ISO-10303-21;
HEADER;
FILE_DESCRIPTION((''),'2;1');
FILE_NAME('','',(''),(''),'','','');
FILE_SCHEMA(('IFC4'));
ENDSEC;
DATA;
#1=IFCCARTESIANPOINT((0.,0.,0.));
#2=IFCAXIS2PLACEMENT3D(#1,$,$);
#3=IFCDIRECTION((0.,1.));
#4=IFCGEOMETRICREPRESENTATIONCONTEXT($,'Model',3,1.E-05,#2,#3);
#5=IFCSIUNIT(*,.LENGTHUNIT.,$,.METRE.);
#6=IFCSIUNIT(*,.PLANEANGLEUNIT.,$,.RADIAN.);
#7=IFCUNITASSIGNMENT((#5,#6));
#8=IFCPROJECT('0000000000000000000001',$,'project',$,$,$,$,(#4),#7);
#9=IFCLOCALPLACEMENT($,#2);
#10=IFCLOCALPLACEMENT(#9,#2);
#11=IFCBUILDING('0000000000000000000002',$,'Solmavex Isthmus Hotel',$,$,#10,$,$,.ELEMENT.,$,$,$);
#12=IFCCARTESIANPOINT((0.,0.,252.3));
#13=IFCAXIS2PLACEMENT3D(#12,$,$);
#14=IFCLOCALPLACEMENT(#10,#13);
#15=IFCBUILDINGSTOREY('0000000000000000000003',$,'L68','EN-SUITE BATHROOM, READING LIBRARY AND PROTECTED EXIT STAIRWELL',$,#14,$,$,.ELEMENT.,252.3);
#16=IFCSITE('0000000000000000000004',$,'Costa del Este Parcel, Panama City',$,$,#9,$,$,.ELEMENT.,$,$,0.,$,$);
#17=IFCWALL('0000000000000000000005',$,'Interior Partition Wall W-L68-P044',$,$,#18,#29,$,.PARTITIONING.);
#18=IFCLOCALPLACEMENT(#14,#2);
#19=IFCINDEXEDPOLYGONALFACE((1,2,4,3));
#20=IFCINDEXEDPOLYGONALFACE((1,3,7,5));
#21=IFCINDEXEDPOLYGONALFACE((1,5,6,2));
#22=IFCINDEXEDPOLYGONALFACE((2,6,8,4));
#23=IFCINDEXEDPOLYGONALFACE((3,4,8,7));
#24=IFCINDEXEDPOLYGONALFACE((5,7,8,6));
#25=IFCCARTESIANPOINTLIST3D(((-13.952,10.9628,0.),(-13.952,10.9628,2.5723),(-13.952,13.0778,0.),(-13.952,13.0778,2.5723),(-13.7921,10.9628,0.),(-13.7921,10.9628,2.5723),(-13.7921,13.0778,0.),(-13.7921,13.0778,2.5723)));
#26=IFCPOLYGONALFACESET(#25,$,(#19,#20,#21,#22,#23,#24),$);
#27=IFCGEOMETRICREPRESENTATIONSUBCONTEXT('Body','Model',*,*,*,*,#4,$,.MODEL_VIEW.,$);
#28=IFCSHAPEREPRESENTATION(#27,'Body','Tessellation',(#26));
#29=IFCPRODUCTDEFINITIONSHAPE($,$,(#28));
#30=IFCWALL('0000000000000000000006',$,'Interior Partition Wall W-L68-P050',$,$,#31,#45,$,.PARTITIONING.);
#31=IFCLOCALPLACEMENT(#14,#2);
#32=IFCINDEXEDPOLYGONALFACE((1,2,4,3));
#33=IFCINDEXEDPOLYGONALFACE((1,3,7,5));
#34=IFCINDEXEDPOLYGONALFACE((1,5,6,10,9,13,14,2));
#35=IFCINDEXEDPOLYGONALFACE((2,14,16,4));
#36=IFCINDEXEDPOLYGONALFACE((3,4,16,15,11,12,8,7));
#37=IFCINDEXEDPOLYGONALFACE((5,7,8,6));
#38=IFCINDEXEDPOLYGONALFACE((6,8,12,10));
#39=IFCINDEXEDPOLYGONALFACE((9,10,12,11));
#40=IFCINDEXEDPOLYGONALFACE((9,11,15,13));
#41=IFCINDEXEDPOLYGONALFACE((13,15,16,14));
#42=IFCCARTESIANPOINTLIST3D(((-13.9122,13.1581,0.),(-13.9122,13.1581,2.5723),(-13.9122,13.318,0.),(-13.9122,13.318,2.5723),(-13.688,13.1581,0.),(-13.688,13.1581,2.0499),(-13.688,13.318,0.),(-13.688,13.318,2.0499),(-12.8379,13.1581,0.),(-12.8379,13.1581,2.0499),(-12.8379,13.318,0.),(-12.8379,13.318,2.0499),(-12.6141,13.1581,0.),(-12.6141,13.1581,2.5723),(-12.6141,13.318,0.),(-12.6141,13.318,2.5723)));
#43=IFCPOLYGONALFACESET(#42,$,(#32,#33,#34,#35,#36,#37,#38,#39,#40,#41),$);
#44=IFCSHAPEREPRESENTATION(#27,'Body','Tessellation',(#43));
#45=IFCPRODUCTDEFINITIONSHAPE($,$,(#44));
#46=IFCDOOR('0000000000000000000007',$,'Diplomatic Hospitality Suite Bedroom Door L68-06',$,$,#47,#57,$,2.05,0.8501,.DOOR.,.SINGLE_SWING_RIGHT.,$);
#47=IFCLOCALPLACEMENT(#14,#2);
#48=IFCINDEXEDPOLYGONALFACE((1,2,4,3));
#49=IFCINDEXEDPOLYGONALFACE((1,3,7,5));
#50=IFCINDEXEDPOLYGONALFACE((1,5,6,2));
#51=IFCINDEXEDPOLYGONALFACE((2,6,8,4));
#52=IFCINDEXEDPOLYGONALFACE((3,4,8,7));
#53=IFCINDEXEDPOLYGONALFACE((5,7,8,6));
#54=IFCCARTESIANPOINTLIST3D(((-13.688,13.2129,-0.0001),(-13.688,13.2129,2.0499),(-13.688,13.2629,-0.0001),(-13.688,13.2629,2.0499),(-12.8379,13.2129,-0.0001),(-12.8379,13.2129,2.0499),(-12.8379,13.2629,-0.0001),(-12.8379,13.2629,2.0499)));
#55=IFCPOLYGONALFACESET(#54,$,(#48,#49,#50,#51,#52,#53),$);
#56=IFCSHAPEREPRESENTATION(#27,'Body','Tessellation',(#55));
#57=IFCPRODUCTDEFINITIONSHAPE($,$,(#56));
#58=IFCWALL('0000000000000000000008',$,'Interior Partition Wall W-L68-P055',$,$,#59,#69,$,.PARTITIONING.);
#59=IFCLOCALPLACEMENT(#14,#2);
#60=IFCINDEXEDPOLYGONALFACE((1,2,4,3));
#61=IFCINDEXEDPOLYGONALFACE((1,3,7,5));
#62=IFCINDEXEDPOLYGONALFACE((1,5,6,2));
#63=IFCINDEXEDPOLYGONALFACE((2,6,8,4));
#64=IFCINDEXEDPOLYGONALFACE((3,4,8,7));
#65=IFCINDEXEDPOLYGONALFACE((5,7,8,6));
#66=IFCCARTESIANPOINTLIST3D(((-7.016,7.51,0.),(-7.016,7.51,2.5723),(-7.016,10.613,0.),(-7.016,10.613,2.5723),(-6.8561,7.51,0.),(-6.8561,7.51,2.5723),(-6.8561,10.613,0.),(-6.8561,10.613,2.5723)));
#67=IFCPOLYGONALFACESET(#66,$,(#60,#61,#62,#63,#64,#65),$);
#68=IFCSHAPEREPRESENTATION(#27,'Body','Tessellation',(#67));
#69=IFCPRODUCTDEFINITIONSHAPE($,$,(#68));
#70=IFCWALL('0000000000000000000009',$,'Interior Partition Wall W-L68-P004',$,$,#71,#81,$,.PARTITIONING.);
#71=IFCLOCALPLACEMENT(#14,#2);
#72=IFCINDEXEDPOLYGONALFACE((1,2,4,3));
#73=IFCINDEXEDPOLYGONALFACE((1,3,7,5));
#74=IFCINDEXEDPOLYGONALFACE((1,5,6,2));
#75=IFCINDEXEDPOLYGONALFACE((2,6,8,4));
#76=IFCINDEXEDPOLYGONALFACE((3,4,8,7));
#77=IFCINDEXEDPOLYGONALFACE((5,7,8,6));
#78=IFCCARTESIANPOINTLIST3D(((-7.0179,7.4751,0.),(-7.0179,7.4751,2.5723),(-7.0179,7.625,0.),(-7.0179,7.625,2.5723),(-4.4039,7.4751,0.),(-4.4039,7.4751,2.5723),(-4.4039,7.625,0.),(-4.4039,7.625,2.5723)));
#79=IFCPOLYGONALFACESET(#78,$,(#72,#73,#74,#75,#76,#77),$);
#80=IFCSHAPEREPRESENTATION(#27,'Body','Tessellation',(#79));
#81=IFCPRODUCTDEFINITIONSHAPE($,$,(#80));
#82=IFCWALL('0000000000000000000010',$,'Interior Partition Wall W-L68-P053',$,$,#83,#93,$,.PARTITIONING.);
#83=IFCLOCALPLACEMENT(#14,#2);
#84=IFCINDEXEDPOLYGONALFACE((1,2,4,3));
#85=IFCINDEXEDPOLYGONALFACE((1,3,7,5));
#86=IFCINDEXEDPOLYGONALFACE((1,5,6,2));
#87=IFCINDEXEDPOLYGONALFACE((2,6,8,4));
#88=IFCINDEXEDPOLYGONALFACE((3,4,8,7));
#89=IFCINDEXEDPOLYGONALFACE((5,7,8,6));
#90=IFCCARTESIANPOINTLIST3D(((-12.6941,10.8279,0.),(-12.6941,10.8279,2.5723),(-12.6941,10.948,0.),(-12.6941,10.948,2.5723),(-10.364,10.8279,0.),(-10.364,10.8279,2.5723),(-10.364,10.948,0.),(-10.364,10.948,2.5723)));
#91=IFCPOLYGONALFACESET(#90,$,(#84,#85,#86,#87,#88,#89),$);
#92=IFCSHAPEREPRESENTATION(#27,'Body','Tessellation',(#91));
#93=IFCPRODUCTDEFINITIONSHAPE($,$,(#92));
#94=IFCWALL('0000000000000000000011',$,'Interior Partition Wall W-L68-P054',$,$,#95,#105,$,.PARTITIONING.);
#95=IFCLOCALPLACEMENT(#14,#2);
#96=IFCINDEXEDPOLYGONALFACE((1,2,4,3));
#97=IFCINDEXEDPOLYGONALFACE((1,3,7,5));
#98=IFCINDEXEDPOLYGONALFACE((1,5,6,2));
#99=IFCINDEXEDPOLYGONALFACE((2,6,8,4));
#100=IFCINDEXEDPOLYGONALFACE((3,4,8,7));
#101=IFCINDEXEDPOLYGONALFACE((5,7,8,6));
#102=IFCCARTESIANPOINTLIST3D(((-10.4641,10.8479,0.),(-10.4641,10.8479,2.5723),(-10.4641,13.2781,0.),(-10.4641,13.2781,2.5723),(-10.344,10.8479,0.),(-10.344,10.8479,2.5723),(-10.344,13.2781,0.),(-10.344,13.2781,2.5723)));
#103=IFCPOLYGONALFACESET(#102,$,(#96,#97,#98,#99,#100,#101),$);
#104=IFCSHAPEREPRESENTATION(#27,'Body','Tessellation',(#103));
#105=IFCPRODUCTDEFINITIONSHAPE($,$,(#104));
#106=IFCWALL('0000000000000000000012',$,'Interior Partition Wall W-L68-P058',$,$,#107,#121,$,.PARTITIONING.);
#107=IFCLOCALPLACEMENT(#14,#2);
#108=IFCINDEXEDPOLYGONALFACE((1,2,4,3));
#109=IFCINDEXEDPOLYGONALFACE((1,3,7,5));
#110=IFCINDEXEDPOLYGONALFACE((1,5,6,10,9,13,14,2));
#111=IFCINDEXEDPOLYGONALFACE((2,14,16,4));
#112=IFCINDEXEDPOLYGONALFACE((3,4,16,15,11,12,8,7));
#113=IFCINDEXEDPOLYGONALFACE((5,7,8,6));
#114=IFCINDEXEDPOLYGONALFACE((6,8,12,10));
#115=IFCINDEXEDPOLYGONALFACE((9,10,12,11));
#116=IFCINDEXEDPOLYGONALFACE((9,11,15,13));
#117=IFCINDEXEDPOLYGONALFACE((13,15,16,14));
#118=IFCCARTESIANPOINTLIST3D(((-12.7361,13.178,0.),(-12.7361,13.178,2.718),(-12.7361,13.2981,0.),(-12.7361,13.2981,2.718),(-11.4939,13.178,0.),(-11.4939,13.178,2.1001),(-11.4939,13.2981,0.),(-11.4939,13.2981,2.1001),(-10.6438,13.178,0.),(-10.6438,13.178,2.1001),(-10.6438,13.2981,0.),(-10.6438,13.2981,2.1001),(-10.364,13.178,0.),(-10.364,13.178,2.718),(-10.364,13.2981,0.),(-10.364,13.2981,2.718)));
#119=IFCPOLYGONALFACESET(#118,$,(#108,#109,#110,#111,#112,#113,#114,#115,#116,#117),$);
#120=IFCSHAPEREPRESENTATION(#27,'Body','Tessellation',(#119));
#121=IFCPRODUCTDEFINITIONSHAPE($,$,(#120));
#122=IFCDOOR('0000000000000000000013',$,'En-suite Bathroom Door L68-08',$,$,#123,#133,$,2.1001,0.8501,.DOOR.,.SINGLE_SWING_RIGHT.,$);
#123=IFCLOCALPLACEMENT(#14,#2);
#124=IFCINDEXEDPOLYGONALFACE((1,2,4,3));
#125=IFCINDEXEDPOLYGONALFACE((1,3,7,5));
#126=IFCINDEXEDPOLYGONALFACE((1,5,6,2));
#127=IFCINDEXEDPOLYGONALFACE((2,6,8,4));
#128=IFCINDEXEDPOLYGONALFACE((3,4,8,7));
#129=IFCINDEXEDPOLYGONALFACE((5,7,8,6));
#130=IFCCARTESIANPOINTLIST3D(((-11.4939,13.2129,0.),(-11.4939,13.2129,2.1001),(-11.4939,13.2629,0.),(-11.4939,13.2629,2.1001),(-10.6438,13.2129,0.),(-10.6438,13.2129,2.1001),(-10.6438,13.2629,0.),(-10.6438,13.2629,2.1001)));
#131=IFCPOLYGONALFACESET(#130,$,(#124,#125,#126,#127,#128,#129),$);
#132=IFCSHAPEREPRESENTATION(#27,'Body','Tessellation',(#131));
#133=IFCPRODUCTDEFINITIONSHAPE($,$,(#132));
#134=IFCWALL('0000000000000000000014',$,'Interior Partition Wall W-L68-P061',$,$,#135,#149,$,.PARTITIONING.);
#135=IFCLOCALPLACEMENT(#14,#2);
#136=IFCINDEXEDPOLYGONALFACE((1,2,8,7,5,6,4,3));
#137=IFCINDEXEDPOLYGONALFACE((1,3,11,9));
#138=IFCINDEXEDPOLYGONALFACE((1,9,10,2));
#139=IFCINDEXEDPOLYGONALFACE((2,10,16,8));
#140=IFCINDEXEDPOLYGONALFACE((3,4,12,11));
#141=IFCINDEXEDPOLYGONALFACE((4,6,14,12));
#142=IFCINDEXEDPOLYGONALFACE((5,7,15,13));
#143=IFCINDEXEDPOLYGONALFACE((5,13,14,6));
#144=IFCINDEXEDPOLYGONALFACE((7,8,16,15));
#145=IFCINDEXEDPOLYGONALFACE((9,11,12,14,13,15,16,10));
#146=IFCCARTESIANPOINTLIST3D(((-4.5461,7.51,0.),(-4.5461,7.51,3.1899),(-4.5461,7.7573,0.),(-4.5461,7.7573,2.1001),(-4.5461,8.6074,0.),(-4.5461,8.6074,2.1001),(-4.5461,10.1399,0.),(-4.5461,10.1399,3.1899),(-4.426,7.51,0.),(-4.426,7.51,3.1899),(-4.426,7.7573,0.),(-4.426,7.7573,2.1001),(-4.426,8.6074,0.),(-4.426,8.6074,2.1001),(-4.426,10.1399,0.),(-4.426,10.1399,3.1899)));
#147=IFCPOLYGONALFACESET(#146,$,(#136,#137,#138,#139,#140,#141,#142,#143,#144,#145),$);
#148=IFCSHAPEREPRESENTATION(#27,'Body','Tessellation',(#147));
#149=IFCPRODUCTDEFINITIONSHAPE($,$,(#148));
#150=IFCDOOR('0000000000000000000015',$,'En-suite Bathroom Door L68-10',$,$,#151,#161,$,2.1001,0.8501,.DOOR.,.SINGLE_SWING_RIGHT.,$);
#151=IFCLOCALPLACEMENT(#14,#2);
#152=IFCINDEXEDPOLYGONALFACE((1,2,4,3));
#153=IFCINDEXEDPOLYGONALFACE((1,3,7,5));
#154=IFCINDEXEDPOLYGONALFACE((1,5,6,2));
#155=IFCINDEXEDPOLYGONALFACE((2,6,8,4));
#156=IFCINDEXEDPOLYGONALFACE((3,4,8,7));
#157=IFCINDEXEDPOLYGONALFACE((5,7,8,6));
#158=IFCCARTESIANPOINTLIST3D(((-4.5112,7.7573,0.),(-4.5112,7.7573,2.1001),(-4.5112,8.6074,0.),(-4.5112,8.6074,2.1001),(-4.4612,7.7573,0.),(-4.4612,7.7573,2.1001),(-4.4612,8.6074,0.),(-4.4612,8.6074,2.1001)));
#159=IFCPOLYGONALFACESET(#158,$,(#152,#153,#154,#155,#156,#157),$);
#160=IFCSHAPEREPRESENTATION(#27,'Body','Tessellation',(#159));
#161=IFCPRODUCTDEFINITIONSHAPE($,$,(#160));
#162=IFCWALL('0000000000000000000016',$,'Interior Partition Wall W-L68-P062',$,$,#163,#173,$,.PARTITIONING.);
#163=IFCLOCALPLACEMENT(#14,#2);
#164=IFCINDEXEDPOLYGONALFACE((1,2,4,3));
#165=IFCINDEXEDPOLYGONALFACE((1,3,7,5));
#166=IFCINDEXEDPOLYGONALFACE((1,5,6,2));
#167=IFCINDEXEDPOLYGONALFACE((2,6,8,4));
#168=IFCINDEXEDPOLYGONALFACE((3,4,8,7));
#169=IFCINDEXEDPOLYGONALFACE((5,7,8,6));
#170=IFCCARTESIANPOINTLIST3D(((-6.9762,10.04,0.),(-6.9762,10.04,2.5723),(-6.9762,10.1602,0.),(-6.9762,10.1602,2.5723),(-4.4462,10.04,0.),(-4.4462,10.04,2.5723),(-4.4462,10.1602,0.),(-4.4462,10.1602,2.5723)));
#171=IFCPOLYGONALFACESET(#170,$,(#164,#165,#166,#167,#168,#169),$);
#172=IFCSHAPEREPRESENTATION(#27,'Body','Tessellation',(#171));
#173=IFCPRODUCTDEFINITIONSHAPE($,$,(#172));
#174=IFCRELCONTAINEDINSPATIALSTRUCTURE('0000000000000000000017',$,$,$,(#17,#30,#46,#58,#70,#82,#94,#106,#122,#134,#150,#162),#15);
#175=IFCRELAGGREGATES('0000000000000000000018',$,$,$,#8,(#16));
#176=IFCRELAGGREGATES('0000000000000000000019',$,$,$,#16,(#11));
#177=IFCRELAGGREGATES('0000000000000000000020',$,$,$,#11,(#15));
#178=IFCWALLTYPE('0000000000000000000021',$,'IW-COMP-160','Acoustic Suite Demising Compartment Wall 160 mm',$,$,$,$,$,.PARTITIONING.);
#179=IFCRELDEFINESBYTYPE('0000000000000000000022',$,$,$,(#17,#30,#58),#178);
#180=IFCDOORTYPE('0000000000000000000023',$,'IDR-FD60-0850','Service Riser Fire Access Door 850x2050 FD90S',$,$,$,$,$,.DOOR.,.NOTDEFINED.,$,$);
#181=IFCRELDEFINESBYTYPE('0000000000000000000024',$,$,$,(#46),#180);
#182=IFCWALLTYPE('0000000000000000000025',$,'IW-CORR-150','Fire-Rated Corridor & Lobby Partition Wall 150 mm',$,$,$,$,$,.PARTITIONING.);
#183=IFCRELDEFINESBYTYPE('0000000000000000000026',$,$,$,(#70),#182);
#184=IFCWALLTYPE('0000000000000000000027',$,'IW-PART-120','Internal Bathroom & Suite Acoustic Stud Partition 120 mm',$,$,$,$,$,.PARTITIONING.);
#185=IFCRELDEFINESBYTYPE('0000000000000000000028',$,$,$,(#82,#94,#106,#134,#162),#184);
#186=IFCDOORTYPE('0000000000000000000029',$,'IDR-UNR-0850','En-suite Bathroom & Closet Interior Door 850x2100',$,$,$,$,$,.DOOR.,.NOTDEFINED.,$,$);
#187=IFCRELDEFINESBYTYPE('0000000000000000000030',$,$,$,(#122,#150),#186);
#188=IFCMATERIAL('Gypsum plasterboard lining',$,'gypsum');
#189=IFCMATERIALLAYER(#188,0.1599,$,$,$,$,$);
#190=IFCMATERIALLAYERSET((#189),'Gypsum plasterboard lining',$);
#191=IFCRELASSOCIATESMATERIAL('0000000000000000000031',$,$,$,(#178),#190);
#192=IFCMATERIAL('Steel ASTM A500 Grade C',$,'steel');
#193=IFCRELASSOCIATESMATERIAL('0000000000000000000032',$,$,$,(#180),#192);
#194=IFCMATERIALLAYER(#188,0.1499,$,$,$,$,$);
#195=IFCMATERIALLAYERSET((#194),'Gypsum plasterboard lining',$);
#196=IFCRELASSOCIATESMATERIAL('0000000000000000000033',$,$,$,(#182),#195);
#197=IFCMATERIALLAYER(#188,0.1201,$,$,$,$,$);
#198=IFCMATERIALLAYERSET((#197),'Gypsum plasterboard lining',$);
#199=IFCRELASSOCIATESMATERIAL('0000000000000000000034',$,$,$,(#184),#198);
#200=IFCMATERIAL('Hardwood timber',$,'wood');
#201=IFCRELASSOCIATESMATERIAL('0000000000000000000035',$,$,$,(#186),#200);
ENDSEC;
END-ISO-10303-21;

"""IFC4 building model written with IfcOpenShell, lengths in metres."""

from ifc_helpers import new_model, si_unit, direction, frame, frame_2d, origin, place, context, subcontext, project, spatial, rectangle, extrude, material, layer, layer_set, type_object, element, fill, save


model = new_model("IFC4")

# Units and contexts
model_context = context("Model", 3, precision=1e-05, world=origin(), true_north=direction((0.0, 1.0)))
body_context = subcontext(model_context, "Body", "Model", "MODEL_VIEW")
ifc_project = project(units=[si_unit("LENGTHUNIT", "METRE"), si_unit("PLANEANGLEUNIT", "RADIAN")], contexts=[model_context])

# Site, building, storey
site_placement = place(None, origin())
site = spatial("IfcSite", under=ifc_project, at=site_placement, Name="Costa del Este Parcel, Panama City", CompositionType="ELEMENT", RefElevation=0.0)
building_placement = place(site_placement, origin())
building = spatial("IfcBuilding", under=site, at=building_placement, Name="Solmavex Isthmus Hotel", CompositionType="ELEMENT")
storey_placement = place(building_placement, frame((0.0, 0.0, 252.3)))
storey = spatial("IfcBuildingStorey", under=building, at=storey_placement, Name="L68", Description="EN-SUITE BATHROOM, READING LIBRARY AND PROTECTED EXIT STAIRWELL", CompositionType="ELEMENT", Elevation=252.3)

# Wall
ifc_material_1 = material(Name="Gypsum plasterboard lining", Category="gypsum")
ifc_layer_1 = layer(ifc_material_1, 0.1599)
ifc_layer_set_1 = layer_set([ifc_layer_1], Name="Gypsum plasterboard lining")
wall_type_1 = type_object("IfcWallType", Name="IW-COMP-160", Description="Acoustic Suite Demising Compartment Wall 160 mm", PredefinedType="PARTITIONING", material=ifc_layer_set_1)
wall_1_placement = place(storey_placement, frame((-13.8721, 13.0779, 0.0), z_axis=(0.0, 0.0, 1.0), x_axis=(0.0, -1.0, 0.0)))
element("IfcWall", 1, at=wall_1_placement, inside=storey, type_object=wall_type_1, Name="Interior Partition Wall W-L68-P044", PredefinedType="PARTITIONING", context=body_context, shape_type="SweptSolid", body=[
    extrude(rectangle(XDim=2.115, YDim=0.1599, at=frame_2d((1.0576, 0.0))), origin(), (0.0, 0.0, 1.0), 2.5723),
])

# Wall, opening, door
wall_2_placement = place(storey_placement, frame((-13.9121, 13.238, 0.0), z_axis=(0.0, 0.0, 1.0), x_axis=(1.0, 0.0, 0.0)))
wall_2 = element("IfcWall", 2, at=wall_2_placement, inside=storey, type_object=wall_type_1, Name="Interior Partition Wall W-L68-P050", PredefinedType="PARTITIONING", context=body_context, shape_type="SweptSolid", body=[
    extrude(rectangle(XDim=1.2981, YDim=0.1599, at=frame_2d((0.6489, 0.0))), origin(), (0.0, 0.0, 1.0), 2.5723),
])
opening_1_placement = place(wall_2_placement, frame((0.2241, 0.0, 0.0)))
opening_1 = element("IfcOpeningElement", 3, at=opening_1_placement, cuts=wall_2, PredefinedType="OPENING", context=body_context, shape_type="SweptSolid", body=[
    extrude(rectangle(XDim=0.8501, YDim=2.05, at=frame_2d((0.425, 1.0249))), frame((0.0, 0.0898, 0.0), z_axis=(0.0, -1.0, 0.0), x_axis=(1.0, 0.0, 0.0)), (0.0, 0.0, 1.0), 0.1799),
])
ifc_material_2 = material(Name="Steel ASTM A500 Grade C", Category="steel")
door_type_1 = type_object("IfcDoorType", Name="IDR-FD60-0850", Description="Service Riser Fire Access Door 850x2050 FD90S", OperationType="NOTDEFINED", PredefinedType="DOOR", material=ifc_material_2)
door_1_placement = place(opening_1_placement, origin())
door_1 = element("IfcDoor", 4, at=door_1_placement, inside=storey, type_object=door_type_1, Name="Diplomatic Hospitality Suite Bedroom Door L68-06", OperationType="SINGLE_SWING_RIGHT", OverallHeight=2.05, OverallWidth=0.8501, PredefinedType="DOOR", context=body_context, shape_type="SweptSolid", body=[
    extrude(rectangle(XDim=0.8501, YDim=2.05, at=frame_2d((0.425, 1.0249))), frame((0.0, 0.0249, 0.0), z_axis=(0.0, -1.0, 0.0), x_axis=(1.0, 0.0, 0.0)), (0.0, 0.0, 1.0), 0.05),
])
fill(opening_1, door_1)
ifc_material_3 = material(Name="Hardwood timber", Category="wood")

# Wall
wall_3_placement = place(storey_placement, frame((-6.936, 10.613, 0.0), z_axis=(0.0, 0.0, 1.0), x_axis=(0.0, -1.0, 0.0)))
element("IfcWall", 5, at=wall_3_placement, inside=storey, type_object=wall_type_1, Name="Interior Partition Wall W-L68-P055", PredefinedType="PARTITIONING", context=body_context, shape_type="SweptSolid", body=[
    extrude(rectangle(XDim=3.103, YDim=0.1599, at=frame_2d((1.5515, 0.0))), origin(), (0.0, 0.0, 1.0), 2.5723),
])

# Shared definitions
ifc_layer_2 = layer(ifc_material_1, 0.1499)
ifc_layer_set_2 = layer_set([ifc_layer_2], Name="Gypsum plasterboard lining")
wall_type_2 = type_object("IfcWallType", Name="IW-CORR-150", Description="Fire-Rated Corridor & Lobby Partition Wall 150 mm", PredefinedType="PARTITIONING", material=ifc_layer_set_2)

# Walls
wall_4_placement = place(storey_placement, frame((-7.0181, 7.55, 0.0), z_axis=(0.0, 0.0, 1.0), x_axis=(1.0, 0.0, 0.0)))
element("IfcWall", 6, at=wall_4_placement, inside=storey, type_object=wall_type_2, Name="Interior Partition Wall W-L68-P004", PredefinedType="PARTITIONING", context=body_context, shape_type="SweptSolid", body=[
    extrude(rectangle(XDim=2.614, YDim=0.1499, at=frame_2d((1.3071, 0.0))), origin(), (0.0, 0.0, 1.0), 2.5723),
])
ifc_layer_3 = layer(ifc_material_1, 0.1201)
ifc_layer_set_3 = layer_set([ifc_layer_3], Name="Gypsum plasterboard lining")
wall_type_3 = type_object("IfcWallType", Name="IW-PART-120", Description="Internal Bathroom & Suite Acoustic Stud Partition 120 mm", PredefinedType="PARTITIONING", material=ifc_layer_set_3)
wall_5_placement = place(storey_placement, frame((-12.6941, 10.8879, 0.0), z_axis=(0.0, 0.0, 1.0), x_axis=(1.0, 0.0, 0.0)))
element("IfcWall", 7, at=wall_5_placement, inside=storey, type_object=wall_type_3, Name="Interior Partition Wall W-L68-P053", PredefinedType="PARTITIONING", context=body_context, shape_type="SweptSolid", body=[
    extrude(rectangle(XDim=2.3301, YDim=0.1201, at=frame_2d((1.165, 0.0))), origin(), (0.0, 0.0, 1.0), 2.5723),
])
wall_6_placement = place(storey_placement, frame((-10.4041, 10.8479, 0.0), z_axis=(0.0, 0.0, 1.0), x_axis=(0.0, 1.0, 0.0)))
element("IfcWall", 8, at=wall_6_placement, inside=storey, type_object=wall_type_3, Name="Interior Partition Wall W-L68-P054", PredefinedType="PARTITIONING", context=body_context, shape_type="SweptSolid", body=[
    extrude(rectangle(XDim=2.4302, YDim=0.1201, at=frame_2d((1.2151, 0.0))), origin(), (0.0, 0.0, 1.0), 2.5723),
])

# Walls, openings, doors
wall_7_placement = place(storey_placement, frame((-10.364, 13.238, 0.0), z_axis=(0.0, 0.0, 1.0), x_axis=(-1.0, 0.0, 0.0)))
wall_7 = element("IfcWall", 9, at=wall_7_placement, inside=storey, type_object=wall_type_3, Name="Interior Partition Wall W-L68-P058", PredefinedType="PARTITIONING", context=body_context, shape_type="SweptSolid", body=[
    extrude(rectangle(XDim=2.3721, YDim=0.1201, at=frame_2d((1.186, 0.0))), origin(), (0.0, 0.0, 1.0), 2.718),
])
opening_2_placement = place(wall_7_placement, frame((0.2798, 0.0, 0.0)))
opening_2 = element("IfcOpeningElement", 10, at=opening_2_placement, cuts=wall_7, PredefinedType="OPENING", context=body_context, shape_type="SweptSolid", body=[
    extrude(rectangle(XDim=0.8501, YDim=2.1001, at=frame_2d((0.425, 1.05))), frame((0.0, 0.0701, 0.0), z_axis=(0.0, -1.0, 0.0), x_axis=(1.0, 0.0, 0.0)), (0.0, 0.0, 1.0), 0.1401),
])
door_type_2 = type_object("IfcDoorType", Name="IDR-UNR-0850", Description="En-suite Bathroom & Closet Interior Door 850x2100", OperationType="NOTDEFINED", PredefinedType="DOOR", material=ifc_material_3)
door_2_placement = place(opening_2_placement, frame((0.8501, 0.0, 0.0), z_axis=(0.0, 0.0, 1.0), x_axis=(-1.0, 0.0, 0.0)))
door_2 = element("IfcDoor", 11, at=door_2_placement, inside=storey, type_object=door_type_2, Name="En-suite Bathroom Door L68-08", OperationType="SINGLE_SWING_RIGHT", OverallHeight=2.1001, OverallWidth=0.8501, PredefinedType="DOOR", context=body_context, shape_type="SweptSolid", body=[
    extrude(rectangle(XDim=0.8501, YDim=2.1001, at=frame_2d((0.425, 1.05))), frame((0.0, 0.0249, 0.0), z_axis=(0.0, -1.0, 0.0), x_axis=(1.0, 0.0, 0.0)), (0.0, 0.0, 1.0), 0.05),
])
fill(opening_2, door_2)
wall_8_placement = place(storey_placement, frame((-4.4861, 7.51, 0.0), z_axis=(0.0, 0.0, 1.0), x_axis=(0.0, 1.0, 0.0)))
wall_8 = element("IfcWall", 12, at=wall_8_placement, inside=storey, type_object=wall_type_3, Name="Interior Partition Wall W-L68-P061", PredefinedType="PARTITIONING", context=body_context, shape_type="SweptSolid", body=[
    extrude(rectangle(XDim=2.6299, YDim=0.1201, at=frame_2d((1.3149, 0.0))), origin(), (0.0, 0.0, 1.0), 3.1899),
])
opening_3_placement = place(wall_8_placement, frame((0.2473, 0.0, 0.0)))
opening_3 = element("IfcOpeningElement", 13, at=opening_3_placement, cuts=wall_8, PredefinedType="OPENING", context=body_context, shape_type="SweptSolid", body=[
    extrude(rectangle(XDim=0.8501, YDim=2.1001, at=frame_2d((0.425, 1.05))), frame((0.0, 0.0701, 0.0), z_axis=(0.0, -1.0, 0.0), x_axis=(1.0, 0.0, 0.0)), (0.0, 0.0, 1.0), 0.1401),
])
door_3_placement = place(opening_3_placement, frame((0.8501, 0.0, 0.0), z_axis=(0.0, 0.0, 1.0), x_axis=(-1.0, 0.0, 0.0)))
door_3 = element("IfcDoor", 14, at=door_3_placement, inside=storey, type_object=door_type_2, Name="En-suite Bathroom Door L68-10", OperationType="SINGLE_SWING_RIGHT", OverallHeight=2.1001, OverallWidth=0.8501, PredefinedType="DOOR", context=body_context, shape_type="SweptSolid", body=[
    extrude(rectangle(XDim=0.8501, YDim=2.1001, at=frame_2d((0.425, 1.05))), frame((0.0, 0.0249, 0.0), z_axis=(0.0, -1.0, 0.0), x_axis=(1.0, 0.0, 0.0)), (0.0, 0.0, 1.0), 0.05),
])
fill(opening_3, door_3)

# Wall
wall_9_placement = place(storey_placement, frame((-4.446, 10.1001, 0.0), z_axis=(0.0, 0.0, 1.0), x_axis=(-1.0, 0.0, 0.0)))
element("IfcWall", 15, at=wall_9_placement, inside=storey, type_object=wall_type_3, Name="Interior Partition Wall W-L68-P062", PredefinedType="PARTITIONING", context=body_context, shape_type="SweptSolid", body=[
    extrude(rectangle(XDim=2.53, YDim=0.1201, at=frame_2d((1.2651, 0.0))), origin(), (0.0, 0.0, 1.0), 2.5723),
])

save(model, "model.ifc")
